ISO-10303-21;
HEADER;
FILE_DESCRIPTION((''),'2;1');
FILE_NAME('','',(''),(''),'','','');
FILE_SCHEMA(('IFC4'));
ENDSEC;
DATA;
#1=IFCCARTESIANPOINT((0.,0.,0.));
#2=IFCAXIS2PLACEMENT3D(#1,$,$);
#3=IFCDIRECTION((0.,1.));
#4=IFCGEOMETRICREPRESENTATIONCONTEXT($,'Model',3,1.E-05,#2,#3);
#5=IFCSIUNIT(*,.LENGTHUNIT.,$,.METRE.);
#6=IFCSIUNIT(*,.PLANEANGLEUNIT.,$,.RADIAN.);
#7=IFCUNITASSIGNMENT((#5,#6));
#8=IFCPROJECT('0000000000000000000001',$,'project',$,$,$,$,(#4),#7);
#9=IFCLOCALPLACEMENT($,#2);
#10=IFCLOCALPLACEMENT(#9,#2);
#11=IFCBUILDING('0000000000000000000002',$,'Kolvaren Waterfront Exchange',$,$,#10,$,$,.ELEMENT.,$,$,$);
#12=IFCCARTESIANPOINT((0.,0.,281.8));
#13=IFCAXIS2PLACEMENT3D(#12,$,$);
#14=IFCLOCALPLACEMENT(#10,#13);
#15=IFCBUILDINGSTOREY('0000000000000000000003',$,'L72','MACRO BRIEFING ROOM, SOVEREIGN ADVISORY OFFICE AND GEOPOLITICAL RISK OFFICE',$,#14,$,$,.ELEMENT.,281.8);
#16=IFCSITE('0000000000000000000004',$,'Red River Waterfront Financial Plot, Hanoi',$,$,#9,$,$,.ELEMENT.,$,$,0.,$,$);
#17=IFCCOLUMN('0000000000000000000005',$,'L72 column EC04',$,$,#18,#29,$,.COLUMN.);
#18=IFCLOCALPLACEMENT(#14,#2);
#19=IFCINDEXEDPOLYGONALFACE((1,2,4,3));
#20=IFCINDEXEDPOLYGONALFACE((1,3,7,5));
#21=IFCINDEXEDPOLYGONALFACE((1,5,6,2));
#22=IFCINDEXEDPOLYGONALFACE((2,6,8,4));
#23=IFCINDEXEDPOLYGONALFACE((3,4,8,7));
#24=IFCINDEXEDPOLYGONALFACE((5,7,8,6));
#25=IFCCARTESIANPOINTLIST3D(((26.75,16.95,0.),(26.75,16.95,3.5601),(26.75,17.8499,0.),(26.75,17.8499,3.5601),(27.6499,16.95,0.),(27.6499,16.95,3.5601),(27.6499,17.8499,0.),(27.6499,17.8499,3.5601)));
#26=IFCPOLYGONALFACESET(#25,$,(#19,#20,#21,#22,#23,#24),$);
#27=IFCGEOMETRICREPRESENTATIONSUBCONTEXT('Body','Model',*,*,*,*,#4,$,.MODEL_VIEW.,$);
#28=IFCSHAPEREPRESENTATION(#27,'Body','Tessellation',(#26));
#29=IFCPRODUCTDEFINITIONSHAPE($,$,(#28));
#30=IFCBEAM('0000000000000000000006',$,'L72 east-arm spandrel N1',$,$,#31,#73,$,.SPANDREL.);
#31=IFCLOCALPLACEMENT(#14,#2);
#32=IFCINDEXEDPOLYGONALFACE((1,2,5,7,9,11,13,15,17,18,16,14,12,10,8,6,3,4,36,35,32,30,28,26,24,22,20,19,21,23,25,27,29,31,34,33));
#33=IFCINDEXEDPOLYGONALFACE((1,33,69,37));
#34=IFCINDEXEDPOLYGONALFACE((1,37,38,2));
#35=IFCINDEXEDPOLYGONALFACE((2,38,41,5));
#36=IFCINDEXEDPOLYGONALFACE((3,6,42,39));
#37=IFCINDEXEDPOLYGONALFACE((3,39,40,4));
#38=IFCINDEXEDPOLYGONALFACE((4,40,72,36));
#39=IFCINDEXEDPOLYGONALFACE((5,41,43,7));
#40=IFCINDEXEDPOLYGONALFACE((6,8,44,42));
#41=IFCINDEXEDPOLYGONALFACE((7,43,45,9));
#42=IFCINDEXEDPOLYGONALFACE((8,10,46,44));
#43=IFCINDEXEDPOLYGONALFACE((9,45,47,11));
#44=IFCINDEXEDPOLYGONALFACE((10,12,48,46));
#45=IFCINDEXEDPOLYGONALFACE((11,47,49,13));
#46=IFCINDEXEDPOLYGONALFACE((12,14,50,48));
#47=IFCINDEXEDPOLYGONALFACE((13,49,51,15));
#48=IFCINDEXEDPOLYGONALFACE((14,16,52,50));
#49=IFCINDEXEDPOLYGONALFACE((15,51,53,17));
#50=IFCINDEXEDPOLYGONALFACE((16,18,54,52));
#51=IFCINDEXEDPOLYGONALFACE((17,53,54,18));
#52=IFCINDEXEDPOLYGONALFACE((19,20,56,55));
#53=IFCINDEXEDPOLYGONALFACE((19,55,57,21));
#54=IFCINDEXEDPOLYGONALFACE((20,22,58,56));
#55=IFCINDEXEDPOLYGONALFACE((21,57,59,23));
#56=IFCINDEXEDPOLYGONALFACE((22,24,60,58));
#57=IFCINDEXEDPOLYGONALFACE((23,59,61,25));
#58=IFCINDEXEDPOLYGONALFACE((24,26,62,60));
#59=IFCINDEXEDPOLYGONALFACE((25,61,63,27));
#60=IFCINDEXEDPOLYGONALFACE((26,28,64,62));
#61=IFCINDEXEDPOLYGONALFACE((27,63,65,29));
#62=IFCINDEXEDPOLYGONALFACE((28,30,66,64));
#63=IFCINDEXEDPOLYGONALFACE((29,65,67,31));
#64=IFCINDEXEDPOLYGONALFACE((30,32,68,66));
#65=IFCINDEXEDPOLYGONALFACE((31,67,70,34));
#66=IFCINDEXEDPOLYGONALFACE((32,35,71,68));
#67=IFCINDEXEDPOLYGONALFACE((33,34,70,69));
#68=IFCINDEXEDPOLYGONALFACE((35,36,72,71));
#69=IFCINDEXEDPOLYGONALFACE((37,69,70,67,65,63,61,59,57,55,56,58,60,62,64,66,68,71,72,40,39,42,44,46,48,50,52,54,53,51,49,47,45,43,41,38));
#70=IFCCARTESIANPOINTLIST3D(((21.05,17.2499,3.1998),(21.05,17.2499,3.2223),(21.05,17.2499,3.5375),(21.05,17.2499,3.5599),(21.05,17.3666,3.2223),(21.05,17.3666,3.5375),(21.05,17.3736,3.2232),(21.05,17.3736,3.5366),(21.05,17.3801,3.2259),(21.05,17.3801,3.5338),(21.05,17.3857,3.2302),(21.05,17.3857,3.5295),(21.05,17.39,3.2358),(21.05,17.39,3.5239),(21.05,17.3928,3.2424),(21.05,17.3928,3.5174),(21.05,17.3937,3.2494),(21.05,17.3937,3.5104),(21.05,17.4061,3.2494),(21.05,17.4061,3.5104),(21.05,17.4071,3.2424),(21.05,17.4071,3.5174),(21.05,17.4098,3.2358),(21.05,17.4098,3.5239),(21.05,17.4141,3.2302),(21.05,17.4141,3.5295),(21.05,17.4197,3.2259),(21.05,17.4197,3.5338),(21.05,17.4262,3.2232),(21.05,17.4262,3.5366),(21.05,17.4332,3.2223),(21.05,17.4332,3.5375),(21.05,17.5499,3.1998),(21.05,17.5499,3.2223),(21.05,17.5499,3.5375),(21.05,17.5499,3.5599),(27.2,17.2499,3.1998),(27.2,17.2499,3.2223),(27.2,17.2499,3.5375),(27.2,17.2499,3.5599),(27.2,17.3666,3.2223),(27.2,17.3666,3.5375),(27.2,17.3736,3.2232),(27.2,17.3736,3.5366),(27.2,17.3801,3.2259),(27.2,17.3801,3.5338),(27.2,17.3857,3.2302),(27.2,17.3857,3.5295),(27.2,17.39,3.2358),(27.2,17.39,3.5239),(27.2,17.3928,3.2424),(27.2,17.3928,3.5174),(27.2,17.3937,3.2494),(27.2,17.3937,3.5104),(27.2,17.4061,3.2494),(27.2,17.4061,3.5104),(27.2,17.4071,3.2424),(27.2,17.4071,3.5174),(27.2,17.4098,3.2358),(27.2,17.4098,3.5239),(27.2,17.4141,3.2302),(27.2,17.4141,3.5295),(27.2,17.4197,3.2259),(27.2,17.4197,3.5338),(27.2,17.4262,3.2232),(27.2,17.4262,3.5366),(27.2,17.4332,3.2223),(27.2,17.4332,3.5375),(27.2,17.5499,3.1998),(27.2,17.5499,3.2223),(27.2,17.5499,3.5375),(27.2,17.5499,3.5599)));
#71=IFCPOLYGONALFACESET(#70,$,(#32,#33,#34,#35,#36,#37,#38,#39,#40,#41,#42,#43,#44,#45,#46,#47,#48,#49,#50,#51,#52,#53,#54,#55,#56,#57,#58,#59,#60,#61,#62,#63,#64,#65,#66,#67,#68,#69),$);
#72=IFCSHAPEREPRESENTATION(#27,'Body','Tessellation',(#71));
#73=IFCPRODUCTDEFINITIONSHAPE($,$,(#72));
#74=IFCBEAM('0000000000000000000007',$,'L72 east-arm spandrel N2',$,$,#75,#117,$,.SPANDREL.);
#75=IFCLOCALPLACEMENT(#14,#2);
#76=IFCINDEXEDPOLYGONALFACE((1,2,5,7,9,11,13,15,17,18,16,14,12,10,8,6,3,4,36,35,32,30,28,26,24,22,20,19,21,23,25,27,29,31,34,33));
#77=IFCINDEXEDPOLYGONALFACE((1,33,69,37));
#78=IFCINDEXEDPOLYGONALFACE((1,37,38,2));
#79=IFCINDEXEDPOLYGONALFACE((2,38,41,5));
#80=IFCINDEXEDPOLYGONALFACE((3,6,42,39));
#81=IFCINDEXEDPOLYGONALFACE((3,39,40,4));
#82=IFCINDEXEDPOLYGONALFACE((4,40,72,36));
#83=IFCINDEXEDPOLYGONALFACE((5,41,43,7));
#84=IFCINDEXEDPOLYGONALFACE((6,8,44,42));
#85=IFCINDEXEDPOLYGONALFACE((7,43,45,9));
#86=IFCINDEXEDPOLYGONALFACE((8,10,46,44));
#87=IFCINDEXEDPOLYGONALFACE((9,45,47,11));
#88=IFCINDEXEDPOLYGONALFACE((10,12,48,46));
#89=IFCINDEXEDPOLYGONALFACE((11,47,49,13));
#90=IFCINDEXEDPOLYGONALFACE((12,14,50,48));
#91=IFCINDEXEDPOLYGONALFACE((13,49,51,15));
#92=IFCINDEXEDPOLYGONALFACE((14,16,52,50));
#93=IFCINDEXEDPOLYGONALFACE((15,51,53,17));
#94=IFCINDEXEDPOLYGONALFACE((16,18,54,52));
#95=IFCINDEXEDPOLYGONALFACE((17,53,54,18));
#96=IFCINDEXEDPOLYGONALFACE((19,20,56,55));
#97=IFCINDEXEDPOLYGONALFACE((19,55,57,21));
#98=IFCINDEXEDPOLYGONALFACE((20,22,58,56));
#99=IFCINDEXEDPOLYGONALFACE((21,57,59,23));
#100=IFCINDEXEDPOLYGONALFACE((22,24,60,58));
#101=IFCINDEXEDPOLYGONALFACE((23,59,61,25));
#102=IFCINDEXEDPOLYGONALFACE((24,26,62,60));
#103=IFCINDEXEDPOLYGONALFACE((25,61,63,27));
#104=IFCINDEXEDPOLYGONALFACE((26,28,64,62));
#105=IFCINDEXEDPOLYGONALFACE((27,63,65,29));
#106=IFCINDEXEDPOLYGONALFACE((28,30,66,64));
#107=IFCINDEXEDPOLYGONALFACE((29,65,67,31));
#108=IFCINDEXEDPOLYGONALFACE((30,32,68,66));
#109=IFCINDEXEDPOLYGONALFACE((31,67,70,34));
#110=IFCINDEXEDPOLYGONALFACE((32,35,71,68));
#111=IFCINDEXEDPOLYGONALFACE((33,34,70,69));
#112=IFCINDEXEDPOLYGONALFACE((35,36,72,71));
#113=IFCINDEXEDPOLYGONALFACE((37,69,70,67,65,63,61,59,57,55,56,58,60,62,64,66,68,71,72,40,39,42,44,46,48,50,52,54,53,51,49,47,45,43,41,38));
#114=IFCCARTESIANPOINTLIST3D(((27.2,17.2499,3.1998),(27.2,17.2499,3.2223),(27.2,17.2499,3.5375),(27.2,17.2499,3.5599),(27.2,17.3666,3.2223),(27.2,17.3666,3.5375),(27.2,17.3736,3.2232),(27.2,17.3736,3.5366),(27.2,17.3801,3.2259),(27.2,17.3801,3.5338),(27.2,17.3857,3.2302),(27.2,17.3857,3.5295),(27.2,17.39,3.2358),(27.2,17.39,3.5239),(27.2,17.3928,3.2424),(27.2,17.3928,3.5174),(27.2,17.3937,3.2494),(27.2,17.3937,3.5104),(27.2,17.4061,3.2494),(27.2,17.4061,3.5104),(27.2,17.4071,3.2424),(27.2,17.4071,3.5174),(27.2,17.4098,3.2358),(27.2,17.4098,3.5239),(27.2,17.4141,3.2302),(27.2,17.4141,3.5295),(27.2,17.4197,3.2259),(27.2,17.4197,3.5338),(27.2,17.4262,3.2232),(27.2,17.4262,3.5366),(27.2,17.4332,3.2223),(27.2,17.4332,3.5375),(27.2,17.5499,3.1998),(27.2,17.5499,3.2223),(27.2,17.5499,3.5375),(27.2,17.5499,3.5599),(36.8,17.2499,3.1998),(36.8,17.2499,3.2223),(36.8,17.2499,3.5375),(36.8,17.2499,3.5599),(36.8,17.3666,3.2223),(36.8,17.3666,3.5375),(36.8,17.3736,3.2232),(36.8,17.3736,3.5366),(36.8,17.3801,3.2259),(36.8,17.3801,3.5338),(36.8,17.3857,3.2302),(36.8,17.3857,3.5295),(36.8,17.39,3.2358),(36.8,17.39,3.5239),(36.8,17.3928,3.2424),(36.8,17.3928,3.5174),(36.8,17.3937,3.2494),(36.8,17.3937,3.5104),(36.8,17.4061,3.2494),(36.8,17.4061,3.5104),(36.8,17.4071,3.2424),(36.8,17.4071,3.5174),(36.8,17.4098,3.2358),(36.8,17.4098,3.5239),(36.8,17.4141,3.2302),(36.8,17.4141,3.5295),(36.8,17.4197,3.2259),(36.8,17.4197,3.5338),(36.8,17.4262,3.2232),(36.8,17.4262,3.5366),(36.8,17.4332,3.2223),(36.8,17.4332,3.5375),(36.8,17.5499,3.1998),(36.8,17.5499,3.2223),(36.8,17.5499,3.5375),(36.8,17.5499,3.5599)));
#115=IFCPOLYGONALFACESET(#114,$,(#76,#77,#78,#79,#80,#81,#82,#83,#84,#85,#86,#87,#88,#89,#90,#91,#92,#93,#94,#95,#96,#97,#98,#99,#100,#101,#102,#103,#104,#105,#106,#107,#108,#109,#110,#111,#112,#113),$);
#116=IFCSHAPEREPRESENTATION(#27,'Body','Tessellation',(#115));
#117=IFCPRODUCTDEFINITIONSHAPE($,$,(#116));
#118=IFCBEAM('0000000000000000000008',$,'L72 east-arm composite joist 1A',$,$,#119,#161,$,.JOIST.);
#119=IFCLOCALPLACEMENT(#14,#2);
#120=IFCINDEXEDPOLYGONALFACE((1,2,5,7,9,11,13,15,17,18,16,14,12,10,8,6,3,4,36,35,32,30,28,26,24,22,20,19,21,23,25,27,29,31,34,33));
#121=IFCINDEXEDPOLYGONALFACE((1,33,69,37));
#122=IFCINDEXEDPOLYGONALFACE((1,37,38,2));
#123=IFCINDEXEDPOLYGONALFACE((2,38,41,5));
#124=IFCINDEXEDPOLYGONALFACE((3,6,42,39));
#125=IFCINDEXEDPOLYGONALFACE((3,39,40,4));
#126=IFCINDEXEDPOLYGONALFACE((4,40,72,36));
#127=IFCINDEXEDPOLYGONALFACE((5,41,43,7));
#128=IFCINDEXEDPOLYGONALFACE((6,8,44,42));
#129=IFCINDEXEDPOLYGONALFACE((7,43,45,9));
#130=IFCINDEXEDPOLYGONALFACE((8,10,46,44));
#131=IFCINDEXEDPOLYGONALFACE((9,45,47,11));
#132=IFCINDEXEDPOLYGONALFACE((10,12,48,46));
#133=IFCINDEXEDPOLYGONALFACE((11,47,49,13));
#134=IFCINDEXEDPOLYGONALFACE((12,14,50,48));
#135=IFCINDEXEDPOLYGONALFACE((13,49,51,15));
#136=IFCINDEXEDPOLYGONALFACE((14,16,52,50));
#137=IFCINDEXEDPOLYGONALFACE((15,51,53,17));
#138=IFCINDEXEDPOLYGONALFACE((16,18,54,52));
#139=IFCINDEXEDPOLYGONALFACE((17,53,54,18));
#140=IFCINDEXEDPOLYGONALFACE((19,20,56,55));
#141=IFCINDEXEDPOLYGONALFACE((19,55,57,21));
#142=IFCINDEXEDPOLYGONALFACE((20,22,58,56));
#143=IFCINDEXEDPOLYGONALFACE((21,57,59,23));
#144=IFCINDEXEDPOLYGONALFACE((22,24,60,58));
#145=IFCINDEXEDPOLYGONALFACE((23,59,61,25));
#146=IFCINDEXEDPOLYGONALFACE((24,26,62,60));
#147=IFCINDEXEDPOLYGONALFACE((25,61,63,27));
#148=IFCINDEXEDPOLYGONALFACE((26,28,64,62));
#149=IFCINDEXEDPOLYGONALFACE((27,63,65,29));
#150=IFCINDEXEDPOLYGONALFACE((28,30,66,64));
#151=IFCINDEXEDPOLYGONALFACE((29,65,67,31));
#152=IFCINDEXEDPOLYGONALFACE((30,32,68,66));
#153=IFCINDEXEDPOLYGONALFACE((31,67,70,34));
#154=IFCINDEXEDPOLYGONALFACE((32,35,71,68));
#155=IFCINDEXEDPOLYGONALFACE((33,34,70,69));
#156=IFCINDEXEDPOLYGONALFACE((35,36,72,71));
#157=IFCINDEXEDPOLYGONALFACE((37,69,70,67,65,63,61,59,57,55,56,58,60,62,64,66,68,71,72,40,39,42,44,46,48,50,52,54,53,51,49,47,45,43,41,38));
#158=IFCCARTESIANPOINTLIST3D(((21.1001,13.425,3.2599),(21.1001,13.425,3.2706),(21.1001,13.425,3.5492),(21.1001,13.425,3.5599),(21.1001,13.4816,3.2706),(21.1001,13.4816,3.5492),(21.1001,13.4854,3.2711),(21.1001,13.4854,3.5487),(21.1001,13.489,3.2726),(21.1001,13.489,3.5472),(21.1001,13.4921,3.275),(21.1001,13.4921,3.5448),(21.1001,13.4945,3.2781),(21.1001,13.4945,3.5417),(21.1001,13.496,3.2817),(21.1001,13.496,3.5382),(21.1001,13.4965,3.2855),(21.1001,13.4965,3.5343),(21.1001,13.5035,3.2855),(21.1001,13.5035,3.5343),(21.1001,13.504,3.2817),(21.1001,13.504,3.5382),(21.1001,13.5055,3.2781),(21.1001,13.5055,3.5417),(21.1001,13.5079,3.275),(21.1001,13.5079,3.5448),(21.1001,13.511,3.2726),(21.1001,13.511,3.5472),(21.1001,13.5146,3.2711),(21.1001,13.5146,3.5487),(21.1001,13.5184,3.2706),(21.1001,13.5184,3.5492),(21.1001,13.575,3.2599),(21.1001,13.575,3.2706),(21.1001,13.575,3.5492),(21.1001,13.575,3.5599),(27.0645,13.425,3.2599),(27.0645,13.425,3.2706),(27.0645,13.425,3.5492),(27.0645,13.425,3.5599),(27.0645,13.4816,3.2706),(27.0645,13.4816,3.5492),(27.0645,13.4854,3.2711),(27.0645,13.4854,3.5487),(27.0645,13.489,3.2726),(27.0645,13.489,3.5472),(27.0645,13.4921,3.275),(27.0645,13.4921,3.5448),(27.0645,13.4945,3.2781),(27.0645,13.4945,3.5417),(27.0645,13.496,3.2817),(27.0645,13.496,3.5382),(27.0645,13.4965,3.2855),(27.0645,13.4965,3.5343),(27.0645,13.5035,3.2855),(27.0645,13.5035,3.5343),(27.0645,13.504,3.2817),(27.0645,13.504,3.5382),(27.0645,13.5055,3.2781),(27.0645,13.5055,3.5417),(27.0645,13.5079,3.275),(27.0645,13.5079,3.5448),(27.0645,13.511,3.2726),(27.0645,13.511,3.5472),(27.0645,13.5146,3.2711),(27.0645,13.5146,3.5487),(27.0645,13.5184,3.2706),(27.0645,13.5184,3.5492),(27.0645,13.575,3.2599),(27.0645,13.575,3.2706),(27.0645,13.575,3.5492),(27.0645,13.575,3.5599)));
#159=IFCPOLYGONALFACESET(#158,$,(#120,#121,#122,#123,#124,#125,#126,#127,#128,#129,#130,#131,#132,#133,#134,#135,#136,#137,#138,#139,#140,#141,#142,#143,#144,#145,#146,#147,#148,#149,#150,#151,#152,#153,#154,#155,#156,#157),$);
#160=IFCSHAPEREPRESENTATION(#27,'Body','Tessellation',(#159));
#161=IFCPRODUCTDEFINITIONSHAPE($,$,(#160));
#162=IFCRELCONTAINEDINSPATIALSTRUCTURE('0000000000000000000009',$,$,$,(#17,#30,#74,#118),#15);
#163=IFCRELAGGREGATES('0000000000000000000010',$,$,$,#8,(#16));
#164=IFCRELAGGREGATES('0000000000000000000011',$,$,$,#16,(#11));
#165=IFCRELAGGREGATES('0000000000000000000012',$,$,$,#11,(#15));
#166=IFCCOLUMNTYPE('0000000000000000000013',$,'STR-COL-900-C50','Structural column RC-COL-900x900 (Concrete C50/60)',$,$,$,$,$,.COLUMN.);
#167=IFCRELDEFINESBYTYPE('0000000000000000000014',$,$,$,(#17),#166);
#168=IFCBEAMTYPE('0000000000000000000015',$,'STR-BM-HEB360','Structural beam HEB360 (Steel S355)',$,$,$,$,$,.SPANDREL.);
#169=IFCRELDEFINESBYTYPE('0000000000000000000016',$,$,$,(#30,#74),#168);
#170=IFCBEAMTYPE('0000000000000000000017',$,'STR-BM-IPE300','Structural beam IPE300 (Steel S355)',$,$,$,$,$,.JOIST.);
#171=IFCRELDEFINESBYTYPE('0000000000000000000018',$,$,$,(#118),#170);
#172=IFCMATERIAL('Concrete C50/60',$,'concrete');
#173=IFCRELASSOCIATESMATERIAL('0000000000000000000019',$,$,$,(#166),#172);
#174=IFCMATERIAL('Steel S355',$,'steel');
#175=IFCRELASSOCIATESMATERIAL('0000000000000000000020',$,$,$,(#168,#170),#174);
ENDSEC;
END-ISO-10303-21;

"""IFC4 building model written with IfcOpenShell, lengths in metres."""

from ifc_helpers import new_model, si_unit, direction, frame, origin, origin_2d, place, context, subcontext, project, spatial, rectangle, i_section, extrude, material, material_profile, profile_set, type_object, element, save


model = new_model("IFC4")

# Units and contexts
model_context = context("Model", 3, precision=1e-05, world=origin(), true_north=direction((0.0, 1.0)))
body_context = subcontext(model_context, "Body", "Model", "MODEL_VIEW")
ifc_project = project(units=[si_unit("LENGTHUNIT", "METRE"), si_unit("PLANEANGLEUNIT", "RADIAN")], contexts=[model_context])

# Site, building, storey
site_placement = place(None, origin())
site = spatial("IfcSite", under=ifc_project, at=site_placement, Name="Red River Waterfront Financial Plot, Hanoi", CompositionType="ELEMENT", RefElevation=0.0)
building_placement = place(site_placement, origin())
building = spatial("IfcBuilding", under=site, at=building_placement, Name="Kolvaren Waterfront Exchange", CompositionType="ELEMENT")
storey_placement = place(building_placement, frame((0.0, 0.0, 281.8)))
storey = spatial("IfcBuildingStorey", under=building, at=storey_placement, Name="L72", Description="MACRO BRIEFING ROOM, SOVEREIGN ADVISORY OFFICE AND GEOPOLITICAL RISK OFFICE", CompositionType="ELEMENT", Elevation=281.8)

# Column
ifc_material_1 = material(Name="Concrete C50/60", Category="concrete")
ifc_material_profile_1 = material_profile(ifc_material_1, rectangle(XDim=0.8999, YDim=0.8999, at=origin_2d()), Name="RC-COL-900x900")
ifc_profile_set_1 = profile_set([ifc_material_profile_1], Name="Concrete C50/60")
column_type = type_object("IfcColumnType", Name="STR-COL-900-C50", Description="Structural column RC-COL-900x900 (Concrete C50/60)", PredefinedType="COLUMN", material=ifc_profile_set_1)
column_placement = place(storey_placement, frame((27.2, 17.3999, 0.0), z_axis=(0.0, 0.0, 1.0), x_axis=(1.0, 0.0, 0.0)))
element("IfcColumn", 1, at=column_placement, inside=storey, type_object=column_type, Name="L72 column EC04", PredefinedType="COLUMN", context=body_context, shape_type="SweptSolid", body=[
    extrude(rectangle(XDim=0.8999, YDim=0.8999, at=origin_2d()), origin(), (0.0, 0.0, 1.0), 3.5601),
])

# Beams
ifc_material_2 = material(Name="Steel S355", Category="steel")
ifc_material_profile_2 = material_profile(ifc_material_2, i_section(OverallWidth=0.3, OverallDepth=0.3601, WebThickness=0.0125, FlangeThickness=0.0225, FilletRadius=0.0271, at=origin_2d()), Name="HEB360")
ifc_profile_set_2 = profile_set([ifc_material_profile_2], Name="Steel S355")
beam_type_1 = type_object("IfcBeamType", Name="STR-BM-HEB360", Description="Structural beam HEB360 (Steel S355)", PredefinedType="SPANDREL", material=ifc_profile_set_2)
beam_1_placement = place(storey_placement, frame((21.05, 17.3999, 3.3799), z_axis=(1.0, 0.0, 0.0), x_axis=(0.0, 1.0, 0.0)))
element("IfcBeam", 2, at=beam_1_placement, inside=storey, type_object=beam_type_1, Name="L72 east-arm spandrel N1", PredefinedType="SPANDREL", context=body_context, shape_type="SweptSolid", body=[
    extrude(i_section(OverallWidth=0.3, OverallDepth=0.3601, WebThickness=0.0125, FlangeThickness=0.0225, FilletRadius=0.0271, at=origin_2d()), origin(), (0.0, 0.0, 1.0), 6.1499),
])
beam_2_placement = place(storey_placement, frame((27.2, 17.3999, 3.3799), z_axis=(1.0, 0.0, 0.0), x_axis=(0.0, 1.0, 0.0)))
element("IfcBeam", 3, at=beam_2_placement, inside=storey, type_object=beam_type_1, Name="L72 east-arm spandrel N2", PredefinedType="SPANDREL", context=body_context, shape_type="SweptSolid", body=[
    extrude(i_section(OverallWidth=0.3, OverallDepth=0.3601, WebThickness=0.0125, FlangeThickness=0.0225, FilletRadius=0.0271, at=origin_2d()), origin(), (0.0, 0.0, 1.0), 9.6001),
])
ifc_material_profile_3 = material_profile(ifc_material_2, i_section(OverallWidth=0.1499, OverallDepth=0.3, WebThickness=0.0071, FlangeThickness=0.0107, FilletRadius=0.0149, at=origin_2d()), Name="IPE300")
ifc_profile_set_3 = profile_set([ifc_material_profile_3], Name="Steel S355")
beam_type_2 = type_object("IfcBeamType", Name="STR-BM-IPE300", Description="Structural beam IPE300 (Steel S355)", PredefinedType="JOIST", material=ifc_profile_set_3)
for number, where, z_axis, x_axis, name in (
    (4, (21.1001, 13.5, 3.4099), (1.0, 0.0, 0.0), (0.0, 1.0, 0.0), "L72 east-arm composite joist 1A"),
):
    element("IfcBeam", number, at=place(storey_placement, frame(where, z_axis=z_axis, x_axis=x_axis)), inside=storey, type_object=beam_type_2, Name=name, PredefinedType="JOIST", context=body_context, shape_type="SweptSolid", body=[
        extrude(i_section(OverallWidth=0.1499, OverallDepth=0.3, WebThickness=0.0071, FlangeThickness=0.0107, FilletRadius=0.0149, at=origin_2d()), origin(), (0.0, 0.0, 1.0), 5.9644),
    ])

save(model, "model.ifc")
